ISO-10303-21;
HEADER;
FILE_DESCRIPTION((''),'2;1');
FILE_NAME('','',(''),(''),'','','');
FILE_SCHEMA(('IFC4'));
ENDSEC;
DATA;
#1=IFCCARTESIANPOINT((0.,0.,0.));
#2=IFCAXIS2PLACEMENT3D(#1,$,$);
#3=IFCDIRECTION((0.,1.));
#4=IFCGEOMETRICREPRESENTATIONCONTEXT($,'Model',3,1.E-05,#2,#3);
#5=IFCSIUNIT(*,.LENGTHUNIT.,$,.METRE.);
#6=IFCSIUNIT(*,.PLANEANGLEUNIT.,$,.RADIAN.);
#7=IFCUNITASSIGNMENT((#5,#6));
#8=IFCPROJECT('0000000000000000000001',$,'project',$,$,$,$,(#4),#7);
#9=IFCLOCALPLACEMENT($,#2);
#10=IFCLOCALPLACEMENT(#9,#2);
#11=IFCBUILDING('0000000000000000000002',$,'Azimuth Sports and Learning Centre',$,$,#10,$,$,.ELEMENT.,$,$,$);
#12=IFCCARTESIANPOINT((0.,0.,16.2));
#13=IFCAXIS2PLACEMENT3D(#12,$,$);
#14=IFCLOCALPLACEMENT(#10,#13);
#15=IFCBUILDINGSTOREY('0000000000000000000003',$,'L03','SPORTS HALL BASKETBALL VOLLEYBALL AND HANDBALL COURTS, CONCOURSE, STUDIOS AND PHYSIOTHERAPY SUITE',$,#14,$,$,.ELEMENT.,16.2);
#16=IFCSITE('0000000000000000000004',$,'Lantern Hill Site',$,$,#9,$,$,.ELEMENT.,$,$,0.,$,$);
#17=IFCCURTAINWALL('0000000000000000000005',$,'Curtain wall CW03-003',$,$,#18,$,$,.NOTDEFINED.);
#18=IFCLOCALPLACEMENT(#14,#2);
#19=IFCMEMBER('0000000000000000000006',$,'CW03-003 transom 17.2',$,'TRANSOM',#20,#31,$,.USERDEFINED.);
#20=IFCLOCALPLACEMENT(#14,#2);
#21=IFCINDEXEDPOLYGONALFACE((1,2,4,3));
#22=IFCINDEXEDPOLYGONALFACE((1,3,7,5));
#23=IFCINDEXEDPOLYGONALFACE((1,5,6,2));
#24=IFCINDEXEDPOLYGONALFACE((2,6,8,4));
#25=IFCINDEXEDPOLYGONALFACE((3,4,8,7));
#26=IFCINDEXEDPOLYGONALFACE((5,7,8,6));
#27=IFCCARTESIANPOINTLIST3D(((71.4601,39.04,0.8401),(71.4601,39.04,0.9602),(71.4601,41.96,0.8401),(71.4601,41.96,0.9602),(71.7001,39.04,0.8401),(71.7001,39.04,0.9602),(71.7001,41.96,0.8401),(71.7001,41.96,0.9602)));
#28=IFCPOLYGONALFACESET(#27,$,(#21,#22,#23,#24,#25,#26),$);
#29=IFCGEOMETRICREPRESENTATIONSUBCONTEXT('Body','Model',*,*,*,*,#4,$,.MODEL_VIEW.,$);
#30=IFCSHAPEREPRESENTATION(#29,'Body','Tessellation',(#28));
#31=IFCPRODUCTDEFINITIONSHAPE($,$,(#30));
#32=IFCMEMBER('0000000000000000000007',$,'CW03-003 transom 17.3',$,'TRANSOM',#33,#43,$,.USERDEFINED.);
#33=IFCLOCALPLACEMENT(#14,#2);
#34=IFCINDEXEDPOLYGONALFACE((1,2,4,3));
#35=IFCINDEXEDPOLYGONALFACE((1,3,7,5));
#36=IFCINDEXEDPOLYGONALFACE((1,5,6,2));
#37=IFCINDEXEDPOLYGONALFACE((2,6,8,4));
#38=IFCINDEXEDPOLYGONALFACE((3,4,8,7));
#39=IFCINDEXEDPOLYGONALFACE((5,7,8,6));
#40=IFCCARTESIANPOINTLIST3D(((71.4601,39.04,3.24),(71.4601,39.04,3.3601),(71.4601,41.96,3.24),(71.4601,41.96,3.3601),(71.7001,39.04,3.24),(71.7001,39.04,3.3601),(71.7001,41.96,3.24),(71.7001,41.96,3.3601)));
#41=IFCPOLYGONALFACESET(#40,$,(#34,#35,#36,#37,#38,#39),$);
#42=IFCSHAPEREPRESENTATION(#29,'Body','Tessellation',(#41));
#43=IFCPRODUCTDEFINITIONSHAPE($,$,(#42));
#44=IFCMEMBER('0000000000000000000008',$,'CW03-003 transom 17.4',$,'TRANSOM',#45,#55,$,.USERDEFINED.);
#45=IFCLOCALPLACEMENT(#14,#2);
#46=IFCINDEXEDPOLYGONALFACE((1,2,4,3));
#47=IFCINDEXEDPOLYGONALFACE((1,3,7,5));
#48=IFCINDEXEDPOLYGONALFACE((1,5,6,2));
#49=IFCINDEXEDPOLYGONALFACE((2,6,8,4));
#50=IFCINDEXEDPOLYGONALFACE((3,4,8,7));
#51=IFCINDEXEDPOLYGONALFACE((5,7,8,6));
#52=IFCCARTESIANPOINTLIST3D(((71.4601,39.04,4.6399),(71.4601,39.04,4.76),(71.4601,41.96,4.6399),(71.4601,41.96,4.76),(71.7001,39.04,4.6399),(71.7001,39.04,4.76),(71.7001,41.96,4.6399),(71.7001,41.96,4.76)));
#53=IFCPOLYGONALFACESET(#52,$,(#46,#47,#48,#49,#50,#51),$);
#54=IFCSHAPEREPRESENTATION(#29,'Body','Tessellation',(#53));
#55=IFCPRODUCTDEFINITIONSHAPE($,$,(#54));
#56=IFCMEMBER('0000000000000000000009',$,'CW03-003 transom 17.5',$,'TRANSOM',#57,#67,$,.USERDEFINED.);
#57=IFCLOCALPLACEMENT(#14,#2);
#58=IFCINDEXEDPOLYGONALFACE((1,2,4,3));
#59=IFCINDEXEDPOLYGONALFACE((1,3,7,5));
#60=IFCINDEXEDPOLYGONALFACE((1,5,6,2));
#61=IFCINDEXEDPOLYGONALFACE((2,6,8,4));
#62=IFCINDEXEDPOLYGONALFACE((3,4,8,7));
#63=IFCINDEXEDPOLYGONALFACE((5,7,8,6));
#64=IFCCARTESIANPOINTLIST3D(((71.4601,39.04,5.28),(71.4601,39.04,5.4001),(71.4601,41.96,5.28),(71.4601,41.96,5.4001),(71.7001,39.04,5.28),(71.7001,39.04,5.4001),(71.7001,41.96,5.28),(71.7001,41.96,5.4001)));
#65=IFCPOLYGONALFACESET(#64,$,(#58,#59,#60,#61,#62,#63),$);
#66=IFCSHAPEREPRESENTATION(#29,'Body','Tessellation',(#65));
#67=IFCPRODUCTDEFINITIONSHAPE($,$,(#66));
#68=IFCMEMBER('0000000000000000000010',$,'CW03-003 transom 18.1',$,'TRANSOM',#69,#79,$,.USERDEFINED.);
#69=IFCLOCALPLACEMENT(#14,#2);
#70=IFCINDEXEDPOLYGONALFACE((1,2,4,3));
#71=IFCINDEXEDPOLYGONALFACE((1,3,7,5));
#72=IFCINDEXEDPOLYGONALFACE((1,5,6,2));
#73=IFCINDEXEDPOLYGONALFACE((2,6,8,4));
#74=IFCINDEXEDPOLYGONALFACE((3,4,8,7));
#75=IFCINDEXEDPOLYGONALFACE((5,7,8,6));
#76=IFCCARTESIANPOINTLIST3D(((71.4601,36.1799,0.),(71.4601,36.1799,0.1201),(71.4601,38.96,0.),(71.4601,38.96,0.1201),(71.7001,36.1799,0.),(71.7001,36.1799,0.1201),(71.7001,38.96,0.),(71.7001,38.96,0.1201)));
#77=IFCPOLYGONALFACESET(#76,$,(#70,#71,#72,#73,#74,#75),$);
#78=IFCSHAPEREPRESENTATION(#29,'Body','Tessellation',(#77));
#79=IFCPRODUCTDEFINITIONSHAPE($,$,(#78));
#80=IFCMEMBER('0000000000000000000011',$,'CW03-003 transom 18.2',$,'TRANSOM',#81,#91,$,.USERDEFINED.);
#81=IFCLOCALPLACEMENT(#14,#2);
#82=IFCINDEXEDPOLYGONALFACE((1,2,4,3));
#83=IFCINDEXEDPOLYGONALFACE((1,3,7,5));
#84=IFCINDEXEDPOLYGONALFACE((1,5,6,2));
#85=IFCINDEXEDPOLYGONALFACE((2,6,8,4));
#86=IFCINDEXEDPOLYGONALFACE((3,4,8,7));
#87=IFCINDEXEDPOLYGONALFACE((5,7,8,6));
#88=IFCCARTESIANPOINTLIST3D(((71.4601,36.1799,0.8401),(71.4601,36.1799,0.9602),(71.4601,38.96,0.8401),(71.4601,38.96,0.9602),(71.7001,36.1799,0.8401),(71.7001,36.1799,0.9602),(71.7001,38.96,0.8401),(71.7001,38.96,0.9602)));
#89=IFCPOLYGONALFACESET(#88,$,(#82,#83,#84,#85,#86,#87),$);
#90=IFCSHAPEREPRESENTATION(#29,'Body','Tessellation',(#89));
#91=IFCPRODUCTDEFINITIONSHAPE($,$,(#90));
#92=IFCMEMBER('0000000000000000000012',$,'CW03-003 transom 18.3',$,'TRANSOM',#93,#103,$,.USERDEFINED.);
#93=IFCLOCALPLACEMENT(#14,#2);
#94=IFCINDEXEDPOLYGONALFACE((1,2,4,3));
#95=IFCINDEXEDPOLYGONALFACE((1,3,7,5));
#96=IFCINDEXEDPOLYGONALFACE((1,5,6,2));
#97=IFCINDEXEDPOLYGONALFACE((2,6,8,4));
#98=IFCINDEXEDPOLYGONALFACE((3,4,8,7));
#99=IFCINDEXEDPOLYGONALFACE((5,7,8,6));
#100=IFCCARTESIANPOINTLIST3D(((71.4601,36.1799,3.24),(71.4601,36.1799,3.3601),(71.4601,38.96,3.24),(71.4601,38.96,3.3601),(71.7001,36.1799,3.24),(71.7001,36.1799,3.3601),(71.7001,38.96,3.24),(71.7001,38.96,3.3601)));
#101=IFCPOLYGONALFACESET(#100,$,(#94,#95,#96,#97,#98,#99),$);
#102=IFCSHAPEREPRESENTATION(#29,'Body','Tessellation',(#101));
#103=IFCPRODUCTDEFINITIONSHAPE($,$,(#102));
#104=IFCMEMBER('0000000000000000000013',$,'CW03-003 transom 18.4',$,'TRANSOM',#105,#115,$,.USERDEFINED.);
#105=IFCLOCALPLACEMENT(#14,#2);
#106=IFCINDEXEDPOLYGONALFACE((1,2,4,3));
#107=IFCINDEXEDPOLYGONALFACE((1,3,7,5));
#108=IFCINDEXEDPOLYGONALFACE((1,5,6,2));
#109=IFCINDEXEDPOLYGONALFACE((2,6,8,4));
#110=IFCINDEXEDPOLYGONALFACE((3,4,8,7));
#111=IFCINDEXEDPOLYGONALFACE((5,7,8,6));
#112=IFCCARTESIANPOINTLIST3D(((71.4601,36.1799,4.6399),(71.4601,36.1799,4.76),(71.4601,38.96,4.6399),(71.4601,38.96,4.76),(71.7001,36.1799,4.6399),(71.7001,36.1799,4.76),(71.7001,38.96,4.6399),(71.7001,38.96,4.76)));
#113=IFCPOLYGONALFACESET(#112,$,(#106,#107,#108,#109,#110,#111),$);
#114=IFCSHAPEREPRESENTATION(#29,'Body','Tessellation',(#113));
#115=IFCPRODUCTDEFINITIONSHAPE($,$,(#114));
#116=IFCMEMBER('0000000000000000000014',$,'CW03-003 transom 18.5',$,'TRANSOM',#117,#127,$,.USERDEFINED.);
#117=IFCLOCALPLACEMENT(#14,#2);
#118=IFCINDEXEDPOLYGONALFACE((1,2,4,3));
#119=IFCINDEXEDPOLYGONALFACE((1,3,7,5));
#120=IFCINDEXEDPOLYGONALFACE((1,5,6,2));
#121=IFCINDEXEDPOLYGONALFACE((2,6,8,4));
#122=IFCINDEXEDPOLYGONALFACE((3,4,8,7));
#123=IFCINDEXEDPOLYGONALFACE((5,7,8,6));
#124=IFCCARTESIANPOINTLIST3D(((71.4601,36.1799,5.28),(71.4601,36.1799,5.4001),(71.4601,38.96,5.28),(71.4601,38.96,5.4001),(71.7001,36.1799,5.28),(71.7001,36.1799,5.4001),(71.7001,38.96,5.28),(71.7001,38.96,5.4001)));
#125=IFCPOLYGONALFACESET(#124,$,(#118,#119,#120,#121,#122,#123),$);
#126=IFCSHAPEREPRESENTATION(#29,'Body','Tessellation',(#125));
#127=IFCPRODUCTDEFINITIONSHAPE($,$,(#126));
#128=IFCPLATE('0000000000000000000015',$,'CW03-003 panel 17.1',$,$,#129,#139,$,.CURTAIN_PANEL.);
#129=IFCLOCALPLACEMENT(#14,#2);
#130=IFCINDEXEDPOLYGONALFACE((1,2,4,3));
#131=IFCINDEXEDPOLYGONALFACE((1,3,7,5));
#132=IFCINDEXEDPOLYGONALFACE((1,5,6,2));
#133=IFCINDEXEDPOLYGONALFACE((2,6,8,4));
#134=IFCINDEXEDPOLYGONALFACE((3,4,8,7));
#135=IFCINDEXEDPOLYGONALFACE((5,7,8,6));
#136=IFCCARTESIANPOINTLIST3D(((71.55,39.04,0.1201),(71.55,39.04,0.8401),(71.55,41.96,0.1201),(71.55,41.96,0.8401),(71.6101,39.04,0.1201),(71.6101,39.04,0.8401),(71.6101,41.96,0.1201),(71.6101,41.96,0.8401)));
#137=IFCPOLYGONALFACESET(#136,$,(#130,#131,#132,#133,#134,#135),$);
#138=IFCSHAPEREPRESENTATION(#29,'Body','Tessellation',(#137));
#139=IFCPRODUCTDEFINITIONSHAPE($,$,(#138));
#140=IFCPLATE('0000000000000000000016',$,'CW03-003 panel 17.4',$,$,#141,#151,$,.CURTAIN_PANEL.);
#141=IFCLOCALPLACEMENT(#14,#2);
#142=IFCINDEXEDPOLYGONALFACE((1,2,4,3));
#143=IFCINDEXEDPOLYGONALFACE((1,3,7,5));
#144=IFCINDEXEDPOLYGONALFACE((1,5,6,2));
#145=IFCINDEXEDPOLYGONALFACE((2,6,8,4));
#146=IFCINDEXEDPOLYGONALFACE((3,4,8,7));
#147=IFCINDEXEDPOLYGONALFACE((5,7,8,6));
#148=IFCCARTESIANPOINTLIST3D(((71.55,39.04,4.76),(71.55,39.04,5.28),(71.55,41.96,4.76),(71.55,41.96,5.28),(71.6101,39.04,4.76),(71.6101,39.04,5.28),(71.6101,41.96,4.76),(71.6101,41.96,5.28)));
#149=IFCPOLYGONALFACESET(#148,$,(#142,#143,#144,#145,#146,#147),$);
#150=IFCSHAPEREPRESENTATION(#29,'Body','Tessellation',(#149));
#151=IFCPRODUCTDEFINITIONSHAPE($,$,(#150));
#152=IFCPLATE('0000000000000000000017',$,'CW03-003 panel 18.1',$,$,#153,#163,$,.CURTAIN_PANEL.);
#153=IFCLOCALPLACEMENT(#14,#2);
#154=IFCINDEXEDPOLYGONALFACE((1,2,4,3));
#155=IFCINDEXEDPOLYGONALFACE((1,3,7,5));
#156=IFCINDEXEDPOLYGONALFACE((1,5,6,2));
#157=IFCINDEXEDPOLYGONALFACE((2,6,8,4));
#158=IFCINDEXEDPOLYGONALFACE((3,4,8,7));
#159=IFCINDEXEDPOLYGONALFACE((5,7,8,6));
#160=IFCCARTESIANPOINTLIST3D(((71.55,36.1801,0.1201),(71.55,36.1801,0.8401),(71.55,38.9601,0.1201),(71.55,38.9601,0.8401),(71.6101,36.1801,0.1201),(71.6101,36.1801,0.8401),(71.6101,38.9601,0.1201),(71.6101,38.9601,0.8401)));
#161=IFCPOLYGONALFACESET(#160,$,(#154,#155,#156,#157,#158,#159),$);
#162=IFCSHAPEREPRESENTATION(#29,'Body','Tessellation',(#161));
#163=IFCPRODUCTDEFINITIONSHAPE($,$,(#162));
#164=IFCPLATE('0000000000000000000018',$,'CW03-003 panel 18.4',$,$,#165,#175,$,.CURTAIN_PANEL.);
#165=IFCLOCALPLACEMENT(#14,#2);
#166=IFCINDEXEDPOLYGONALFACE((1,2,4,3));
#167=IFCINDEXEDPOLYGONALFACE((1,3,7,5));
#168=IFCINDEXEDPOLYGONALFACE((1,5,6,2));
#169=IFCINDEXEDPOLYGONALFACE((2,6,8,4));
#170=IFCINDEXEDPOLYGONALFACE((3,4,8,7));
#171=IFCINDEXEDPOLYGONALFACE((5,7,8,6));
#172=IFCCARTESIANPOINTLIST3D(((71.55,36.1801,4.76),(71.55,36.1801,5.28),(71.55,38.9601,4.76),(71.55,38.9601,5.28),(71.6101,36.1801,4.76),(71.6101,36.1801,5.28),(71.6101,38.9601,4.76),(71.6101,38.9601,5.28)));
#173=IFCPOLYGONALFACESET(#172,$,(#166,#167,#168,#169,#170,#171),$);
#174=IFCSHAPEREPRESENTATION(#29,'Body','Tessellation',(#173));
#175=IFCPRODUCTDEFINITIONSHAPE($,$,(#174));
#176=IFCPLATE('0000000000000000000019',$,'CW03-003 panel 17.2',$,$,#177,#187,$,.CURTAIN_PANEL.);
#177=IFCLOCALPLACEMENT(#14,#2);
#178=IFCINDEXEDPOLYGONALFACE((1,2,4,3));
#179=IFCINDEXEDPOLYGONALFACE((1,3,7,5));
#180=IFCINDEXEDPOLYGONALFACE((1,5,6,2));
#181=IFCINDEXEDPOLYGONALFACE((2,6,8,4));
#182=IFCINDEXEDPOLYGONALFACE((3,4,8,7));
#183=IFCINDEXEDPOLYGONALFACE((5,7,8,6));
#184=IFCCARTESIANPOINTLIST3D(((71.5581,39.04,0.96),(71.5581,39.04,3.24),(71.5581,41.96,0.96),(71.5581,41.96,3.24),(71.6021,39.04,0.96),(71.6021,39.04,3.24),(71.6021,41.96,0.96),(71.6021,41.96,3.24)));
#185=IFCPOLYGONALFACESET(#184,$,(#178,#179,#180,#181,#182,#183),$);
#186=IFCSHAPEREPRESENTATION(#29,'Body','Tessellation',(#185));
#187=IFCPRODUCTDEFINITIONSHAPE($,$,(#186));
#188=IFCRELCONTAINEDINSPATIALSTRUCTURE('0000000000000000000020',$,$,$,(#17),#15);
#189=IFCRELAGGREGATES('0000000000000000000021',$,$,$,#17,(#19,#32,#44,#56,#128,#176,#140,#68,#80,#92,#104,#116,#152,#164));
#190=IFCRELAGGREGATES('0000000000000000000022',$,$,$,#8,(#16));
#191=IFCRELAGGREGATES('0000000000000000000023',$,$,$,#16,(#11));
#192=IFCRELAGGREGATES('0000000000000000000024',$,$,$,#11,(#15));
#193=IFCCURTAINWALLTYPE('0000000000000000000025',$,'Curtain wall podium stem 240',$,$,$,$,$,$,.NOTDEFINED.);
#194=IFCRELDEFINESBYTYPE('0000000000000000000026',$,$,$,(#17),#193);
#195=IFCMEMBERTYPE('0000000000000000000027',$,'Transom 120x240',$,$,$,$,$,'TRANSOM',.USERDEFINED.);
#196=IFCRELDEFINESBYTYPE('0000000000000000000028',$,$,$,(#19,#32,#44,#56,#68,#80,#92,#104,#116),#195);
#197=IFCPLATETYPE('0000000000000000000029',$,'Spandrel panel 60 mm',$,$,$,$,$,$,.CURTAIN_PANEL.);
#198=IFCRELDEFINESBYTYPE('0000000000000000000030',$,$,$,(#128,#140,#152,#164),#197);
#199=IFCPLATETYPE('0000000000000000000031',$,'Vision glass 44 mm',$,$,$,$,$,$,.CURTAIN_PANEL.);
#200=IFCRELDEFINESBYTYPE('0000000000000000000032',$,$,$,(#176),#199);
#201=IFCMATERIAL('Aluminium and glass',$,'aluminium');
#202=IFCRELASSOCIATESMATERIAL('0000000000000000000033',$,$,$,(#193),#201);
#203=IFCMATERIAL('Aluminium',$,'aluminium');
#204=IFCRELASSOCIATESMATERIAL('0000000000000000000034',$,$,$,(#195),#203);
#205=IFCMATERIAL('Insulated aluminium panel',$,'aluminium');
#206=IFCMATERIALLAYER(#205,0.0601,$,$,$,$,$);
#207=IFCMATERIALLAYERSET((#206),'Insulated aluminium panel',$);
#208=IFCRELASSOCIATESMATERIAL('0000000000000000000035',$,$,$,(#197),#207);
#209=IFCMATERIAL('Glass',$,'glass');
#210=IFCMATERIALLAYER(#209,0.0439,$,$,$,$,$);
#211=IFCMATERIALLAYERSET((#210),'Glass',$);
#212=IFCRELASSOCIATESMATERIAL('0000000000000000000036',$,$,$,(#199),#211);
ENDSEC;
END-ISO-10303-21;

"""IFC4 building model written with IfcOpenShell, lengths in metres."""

from ifc_helpers import new_model, si_unit, direction, frame, origin, origin_2d, place, context, subcontext, project, spatial, rectangle, extrude, material, layer, layer_set, material_profile, profile_set, type_object, element, aggregate, save


model = new_model("IFC4")

# Units and contexts
model_context = context("Model", 3, precision=1e-05, world=origin(), true_north=direction((0.0, 1.0)))
body_context = subcontext(model_context, "Body", "Model", "MODEL_VIEW")
ifc_project = project(units=[si_unit("LENGTHUNIT", "METRE"), si_unit("PLANEANGLEUNIT", "RADIAN")], contexts=[model_context])

# Site, building, storey
site_placement = place(None, origin())
site = spatial("IfcSite", under=ifc_project, at=site_placement, Name="Lantern Hill Site", CompositionType="ELEMENT", RefElevation=0.0)
building_placement = place(site_placement, origin())
building = spatial("IfcBuilding", under=site, at=building_placement, Name="Azimuth Sports and Learning Centre", CompositionType="ELEMENT")
storey_placement = place(building_placement, frame((0.0, 0.0, 16.2)))
storey = spatial("IfcBuildingStorey", under=building, at=storey_placement, Name="L03", Description="SPORTS HALL BASKETBALL VOLLEYBALL AND HANDBALL COURTS, CONCOURSE, STUDIOS AND PHYSIOTHERAPY SUITE", CompositionType="ELEMENT", Elevation=16.2)

# Curtain wall, members, plates
ifc_material_1 = material(Name="Aluminium and glass", Category="aluminium")
curtain_wall_type = type_object("IfcCurtainWallType", Name="Curtain wall podium stem 240", PredefinedType="NOTDEFINED", material=ifc_material_1)
curtain_wall_placement = place(storey_placement, origin())
curtain_wall = element("IfcCurtainWall", 1, at=curtain_wall_placement, inside=storey, type_object=curtain_wall_type, Name="Curtain wall CW03-003", PredefinedType="NOTDEFINED")
ifc_material_2 = material(Name="Aluminium", Category="aluminium")
ifc_material_profile_1 = material_profile(ifc_material_2, rectangle(XDim=0.24, YDim=0.1201, at=origin_2d()), Name="Transom 120x240")
ifc_profile_set_1 = profile_set([ifc_material_profile_1], Name="Aluminium")
member_type_1 = type_object("IfcMemberType", Name="Transom 120x240", ElementType="TRANSOM", PredefinedType="USERDEFINED", material=ifc_profile_set_1)
member_1_placement = place(storey_placement, frame((71.5801, 41.96, 0.9001), z_axis=(0.0, -1.0, 0.0), x_axis=(1.0, 0.0, 0.0)))
member_1 = element("IfcMember", 2, at=member_1_placement, type_object=member_type_1, Name="CW03-003 transom 17.2", ObjectType="TRANSOM", PredefinedType="USERDEFINED", context=body_context, shape_type="SweptSolid", body=[
    extrude(rectangle(XDim=0.24, YDim=0.1201, at=origin_2d()), origin(), (0.0, 0.0, 1.0), 2.9199),
])
member_2_placement = place(storey_placement, frame((71.5801, 41.96, 3.3), z_axis=(0.0, -1.0, 0.0), x_axis=(1.0, 0.0, 0.0)))
member_2 = element("IfcMember", 3, at=member_2_placement, type_object=member_type_1, Name="CW03-003 transom 17.3", ObjectType="TRANSOM", PredefinedType="USERDEFINED", context=body_context, shape_type="SweptSolid", body=[
    extrude(rectangle(XDim=0.24, YDim=0.1201, at=origin_2d()), origin(), (0.0, 0.0, 1.0), 2.9199),
])
member_3_placement = place(storey_placement, frame((71.5801, 41.96, 4.7), z_axis=(0.0, -1.0, 0.0), x_axis=(1.0, 0.0, 0.0)))
member_3 = element("IfcMember", 4, at=member_3_placement, type_object=member_type_1, Name="CW03-003 transom 17.4", ObjectType="TRANSOM", PredefinedType="USERDEFINED", context=body_context, shape_type="SweptSolid", body=[
    extrude(rectangle(XDim=0.24, YDim=0.1201, at=origin_2d()), origin(), (0.0, 0.0, 1.0), 2.9199),
])
member_4_placement = place(storey_placement, frame((71.5801, 41.96, 5.3401), z_axis=(0.0, -1.0, 0.0), x_axis=(1.0, 0.0, 0.0)))
member_4 = element("IfcMember", 5, at=member_4_placement, type_object=member_type_1, Name="CW03-003 transom 17.5", ObjectType="TRANSOM", PredefinedType="USERDEFINED", context=body_context, shape_type="SweptSolid", body=[
    extrude(rectangle(XDim=0.24, YDim=0.1201, at=origin_2d()), origin(), (0.0, 0.0, 1.0), 2.9199),
])
member_5_placement = place(storey_placement, frame((71.5801, 38.96, 0.0601), z_axis=(0.0, -1.0, 0.0), x_axis=(1.0, 0.0, 0.0)))
member_5 = element("IfcMember", 6, at=member_5_placement, type_object=member_type_1, Name="CW03-003 transom 18.1", ObjectType="TRANSOM", PredefinedType="USERDEFINED", context=body_context, shape_type="SweptSolid", body=[
    extrude(rectangle(XDim=0.24, YDim=0.1201, at=origin_2d()), origin(), (0.0, 0.0, 1.0), 2.78),
])
member_6_placement = place(storey_placement, frame((71.5801, 38.96, 0.9001), z_axis=(0.0, -1.0, 0.0), x_axis=(1.0, 0.0, 0.0)))
member_6 = element("IfcMember", 7, at=member_6_placement, type_object=member_type_1, Name="CW03-003 transom 18.2", ObjectType="TRANSOM", PredefinedType="USERDEFINED", context=body_context, shape_type="SweptSolid", body=[
    extrude(rectangle(XDim=0.24, YDim=0.1201, at=origin_2d()), origin(), (0.0, 0.0, 1.0), 2.78),
])
member_7_placement = place(storey_placement, frame((71.5801, 38.96, 3.3), z_axis=(0.0, -1.0, 0.0), x_axis=(1.0, 0.0, 0.0)))
member_7 = element("IfcMember", 8, at=member_7_placement, type_object=member_type_1, Name="CW03-003 transom 18.3", ObjectType="TRANSOM", PredefinedType="USERDEFINED", context=body_context, shape_type="SweptSolid", body=[
    extrude(rectangle(XDim=0.24, YDim=0.1201, at=origin_2d()), origin(), (0.0, 0.0, 1.0), 2.78),
])
member_8_placement = place(storey_placement, frame((71.5801, 38.96, 4.7), z_axis=(0.0, -1.0, 0.0), x_axis=(1.0, 0.0, 0.0)))
member_8 = element("IfcMember", 9, at=member_8_placement, type_object=member_type_1, Name="CW03-003 transom 18.4", ObjectType="TRANSOM", PredefinedType="USERDEFINED", context=body_context, shape_type="SweptSolid", body=[
    extrude(rectangle(XDim=0.24, YDim=0.1201, at=origin_2d()), origin(), (0.0, 0.0, 1.0), 2.78),
])
member_9_placement = place(storey_placement, frame((71.5801, 38.96, 5.3401), z_axis=(0.0, -1.0, 0.0), x_axis=(1.0, 0.0, 0.0)))
member_9 = element("IfcMember", 10, at=member_9_placement, type_object=member_type_1, Name="CW03-003 transom 18.5", ObjectType="TRANSOM", PredefinedType="USERDEFINED", context=body_context, shape_type="SweptSolid", body=[
    extrude(rectangle(XDim=0.24, YDim=0.1201, at=origin_2d()), origin(), (0.0, 0.0, 1.0), 2.78),
])
ifc_material_3 = material(Name="Insulated aluminium panel", Category="aluminium")
ifc_layer_1 = layer(ifc_material_3, 0.0601)
ifc_layer_set_1 = layer_set([ifc_layer_1], Name="Insulated aluminium panel")
plate_type_1 = type_object("IfcPlateType", Name="Spandrel panel 60 mm", PredefinedType="CURTAIN_PANEL", material=ifc_layer_set_1)
plate_1_placement = place(storey_placement, frame((71.5801, 40.5, 0.1201), z_axis=(0.0, 0.0, 1.0), x_axis=(0.0, -1.0, 0.0)))
plate_1 = element("IfcPlate", 11, at=plate_1_placement, type_object=plate_type_1, Name="CW03-003 panel 17.1", PredefinedType="CURTAIN_PANEL", context=body_context, shape_type="SweptSolid", body=[
    extrude(rectangle(XDim=2.9199, YDim=0.0601, at=origin_2d()), origin(), (0.0, 0.0, 1.0), 0.72),
])
plate_2_placement = place(storey_placement, frame((71.5801, 40.5, 4.76), z_axis=(0.0, 0.0, 1.0), x_axis=(0.0, -1.0, 0.0)))
plate_2 = element("IfcPlate", 12, at=plate_2_placement, type_object=plate_type_1, Name="CW03-003 panel 17.4", PredefinedType="CURTAIN_PANEL", context=body_context, shape_type="SweptSolid", body=[
    extrude(rectangle(XDim=2.9199, YDim=0.0601, at=origin_2d()), origin(), (0.0, 0.0, 1.0), 0.52),
])
plate_3_placement = place(storey_placement, frame((71.5801, 37.5701, 0.1201), z_axis=(0.0, 0.0, 1.0), x_axis=(0.0, -1.0, 0.0)))
plate_3 = element("IfcPlate", 13, at=plate_3_placement, type_object=plate_type_1, Name="CW03-003 panel 18.1", PredefinedType="CURTAIN_PANEL", context=body_context, shape_type="SweptSolid", body=[
    extrude(rectangle(XDim=2.78, YDim=0.0601, at=origin_2d()), origin(), (0.0, 0.0, 1.0), 0.72),
])
plate_4_placement = place(storey_placement, frame((71.5801, 37.5701, 4.76), z_axis=(0.0, 0.0, 1.0), x_axis=(0.0, -1.0, 0.0)))
plate_4 = element("IfcPlate", 14, at=plate_4_placement, type_object=plate_type_1, Name="CW03-003 panel 18.4", PredefinedType="CURTAIN_PANEL", context=body_context, shape_type="SweptSolid", body=[
    extrude(rectangle(XDim=2.78, YDim=0.0601, at=origin_2d()), origin(), (0.0, 0.0, 1.0), 0.52),
])
ifc_material_4 = material(Name="Glass", Category="glass")
ifc_layer_2 = layer(ifc_material_4, 0.0439)
ifc_layer_set_2 = layer_set([ifc_layer_2], Name="Glass")
plate_type_2 = type_object("IfcPlateType", Name="Vision glass 44 mm", PredefinedType="CURTAIN_PANEL", material=ifc_layer_set_2)
plate_5_placement = place(storey_placement, frame((71.5801, 40.5, 0.96), z_axis=(0.0, 0.0, 1.0), x_axis=(0.0, -1.0, 0.0)))
plate_5 = element("IfcPlate", 15, at=plate_5_placement, type_object=plate_type_2, Name="CW03-003 panel 17.2", PredefinedType="CURTAIN_PANEL", context=body_context, shape_type="SweptSolid", body=[
    extrude(rectangle(XDim=2.9199, YDim=0.0439, at=origin_2d()), origin(), (0.0, 0.0, 1.0), 2.28),
])
aggregate(curtain_wall, [member_1, member_2, member_3, member_4, plate_1, plate_5, plate_2, member_5, member_6, member_7, member_8, member_9, plate_3, plate_4])

save(model, "model.ifc")
